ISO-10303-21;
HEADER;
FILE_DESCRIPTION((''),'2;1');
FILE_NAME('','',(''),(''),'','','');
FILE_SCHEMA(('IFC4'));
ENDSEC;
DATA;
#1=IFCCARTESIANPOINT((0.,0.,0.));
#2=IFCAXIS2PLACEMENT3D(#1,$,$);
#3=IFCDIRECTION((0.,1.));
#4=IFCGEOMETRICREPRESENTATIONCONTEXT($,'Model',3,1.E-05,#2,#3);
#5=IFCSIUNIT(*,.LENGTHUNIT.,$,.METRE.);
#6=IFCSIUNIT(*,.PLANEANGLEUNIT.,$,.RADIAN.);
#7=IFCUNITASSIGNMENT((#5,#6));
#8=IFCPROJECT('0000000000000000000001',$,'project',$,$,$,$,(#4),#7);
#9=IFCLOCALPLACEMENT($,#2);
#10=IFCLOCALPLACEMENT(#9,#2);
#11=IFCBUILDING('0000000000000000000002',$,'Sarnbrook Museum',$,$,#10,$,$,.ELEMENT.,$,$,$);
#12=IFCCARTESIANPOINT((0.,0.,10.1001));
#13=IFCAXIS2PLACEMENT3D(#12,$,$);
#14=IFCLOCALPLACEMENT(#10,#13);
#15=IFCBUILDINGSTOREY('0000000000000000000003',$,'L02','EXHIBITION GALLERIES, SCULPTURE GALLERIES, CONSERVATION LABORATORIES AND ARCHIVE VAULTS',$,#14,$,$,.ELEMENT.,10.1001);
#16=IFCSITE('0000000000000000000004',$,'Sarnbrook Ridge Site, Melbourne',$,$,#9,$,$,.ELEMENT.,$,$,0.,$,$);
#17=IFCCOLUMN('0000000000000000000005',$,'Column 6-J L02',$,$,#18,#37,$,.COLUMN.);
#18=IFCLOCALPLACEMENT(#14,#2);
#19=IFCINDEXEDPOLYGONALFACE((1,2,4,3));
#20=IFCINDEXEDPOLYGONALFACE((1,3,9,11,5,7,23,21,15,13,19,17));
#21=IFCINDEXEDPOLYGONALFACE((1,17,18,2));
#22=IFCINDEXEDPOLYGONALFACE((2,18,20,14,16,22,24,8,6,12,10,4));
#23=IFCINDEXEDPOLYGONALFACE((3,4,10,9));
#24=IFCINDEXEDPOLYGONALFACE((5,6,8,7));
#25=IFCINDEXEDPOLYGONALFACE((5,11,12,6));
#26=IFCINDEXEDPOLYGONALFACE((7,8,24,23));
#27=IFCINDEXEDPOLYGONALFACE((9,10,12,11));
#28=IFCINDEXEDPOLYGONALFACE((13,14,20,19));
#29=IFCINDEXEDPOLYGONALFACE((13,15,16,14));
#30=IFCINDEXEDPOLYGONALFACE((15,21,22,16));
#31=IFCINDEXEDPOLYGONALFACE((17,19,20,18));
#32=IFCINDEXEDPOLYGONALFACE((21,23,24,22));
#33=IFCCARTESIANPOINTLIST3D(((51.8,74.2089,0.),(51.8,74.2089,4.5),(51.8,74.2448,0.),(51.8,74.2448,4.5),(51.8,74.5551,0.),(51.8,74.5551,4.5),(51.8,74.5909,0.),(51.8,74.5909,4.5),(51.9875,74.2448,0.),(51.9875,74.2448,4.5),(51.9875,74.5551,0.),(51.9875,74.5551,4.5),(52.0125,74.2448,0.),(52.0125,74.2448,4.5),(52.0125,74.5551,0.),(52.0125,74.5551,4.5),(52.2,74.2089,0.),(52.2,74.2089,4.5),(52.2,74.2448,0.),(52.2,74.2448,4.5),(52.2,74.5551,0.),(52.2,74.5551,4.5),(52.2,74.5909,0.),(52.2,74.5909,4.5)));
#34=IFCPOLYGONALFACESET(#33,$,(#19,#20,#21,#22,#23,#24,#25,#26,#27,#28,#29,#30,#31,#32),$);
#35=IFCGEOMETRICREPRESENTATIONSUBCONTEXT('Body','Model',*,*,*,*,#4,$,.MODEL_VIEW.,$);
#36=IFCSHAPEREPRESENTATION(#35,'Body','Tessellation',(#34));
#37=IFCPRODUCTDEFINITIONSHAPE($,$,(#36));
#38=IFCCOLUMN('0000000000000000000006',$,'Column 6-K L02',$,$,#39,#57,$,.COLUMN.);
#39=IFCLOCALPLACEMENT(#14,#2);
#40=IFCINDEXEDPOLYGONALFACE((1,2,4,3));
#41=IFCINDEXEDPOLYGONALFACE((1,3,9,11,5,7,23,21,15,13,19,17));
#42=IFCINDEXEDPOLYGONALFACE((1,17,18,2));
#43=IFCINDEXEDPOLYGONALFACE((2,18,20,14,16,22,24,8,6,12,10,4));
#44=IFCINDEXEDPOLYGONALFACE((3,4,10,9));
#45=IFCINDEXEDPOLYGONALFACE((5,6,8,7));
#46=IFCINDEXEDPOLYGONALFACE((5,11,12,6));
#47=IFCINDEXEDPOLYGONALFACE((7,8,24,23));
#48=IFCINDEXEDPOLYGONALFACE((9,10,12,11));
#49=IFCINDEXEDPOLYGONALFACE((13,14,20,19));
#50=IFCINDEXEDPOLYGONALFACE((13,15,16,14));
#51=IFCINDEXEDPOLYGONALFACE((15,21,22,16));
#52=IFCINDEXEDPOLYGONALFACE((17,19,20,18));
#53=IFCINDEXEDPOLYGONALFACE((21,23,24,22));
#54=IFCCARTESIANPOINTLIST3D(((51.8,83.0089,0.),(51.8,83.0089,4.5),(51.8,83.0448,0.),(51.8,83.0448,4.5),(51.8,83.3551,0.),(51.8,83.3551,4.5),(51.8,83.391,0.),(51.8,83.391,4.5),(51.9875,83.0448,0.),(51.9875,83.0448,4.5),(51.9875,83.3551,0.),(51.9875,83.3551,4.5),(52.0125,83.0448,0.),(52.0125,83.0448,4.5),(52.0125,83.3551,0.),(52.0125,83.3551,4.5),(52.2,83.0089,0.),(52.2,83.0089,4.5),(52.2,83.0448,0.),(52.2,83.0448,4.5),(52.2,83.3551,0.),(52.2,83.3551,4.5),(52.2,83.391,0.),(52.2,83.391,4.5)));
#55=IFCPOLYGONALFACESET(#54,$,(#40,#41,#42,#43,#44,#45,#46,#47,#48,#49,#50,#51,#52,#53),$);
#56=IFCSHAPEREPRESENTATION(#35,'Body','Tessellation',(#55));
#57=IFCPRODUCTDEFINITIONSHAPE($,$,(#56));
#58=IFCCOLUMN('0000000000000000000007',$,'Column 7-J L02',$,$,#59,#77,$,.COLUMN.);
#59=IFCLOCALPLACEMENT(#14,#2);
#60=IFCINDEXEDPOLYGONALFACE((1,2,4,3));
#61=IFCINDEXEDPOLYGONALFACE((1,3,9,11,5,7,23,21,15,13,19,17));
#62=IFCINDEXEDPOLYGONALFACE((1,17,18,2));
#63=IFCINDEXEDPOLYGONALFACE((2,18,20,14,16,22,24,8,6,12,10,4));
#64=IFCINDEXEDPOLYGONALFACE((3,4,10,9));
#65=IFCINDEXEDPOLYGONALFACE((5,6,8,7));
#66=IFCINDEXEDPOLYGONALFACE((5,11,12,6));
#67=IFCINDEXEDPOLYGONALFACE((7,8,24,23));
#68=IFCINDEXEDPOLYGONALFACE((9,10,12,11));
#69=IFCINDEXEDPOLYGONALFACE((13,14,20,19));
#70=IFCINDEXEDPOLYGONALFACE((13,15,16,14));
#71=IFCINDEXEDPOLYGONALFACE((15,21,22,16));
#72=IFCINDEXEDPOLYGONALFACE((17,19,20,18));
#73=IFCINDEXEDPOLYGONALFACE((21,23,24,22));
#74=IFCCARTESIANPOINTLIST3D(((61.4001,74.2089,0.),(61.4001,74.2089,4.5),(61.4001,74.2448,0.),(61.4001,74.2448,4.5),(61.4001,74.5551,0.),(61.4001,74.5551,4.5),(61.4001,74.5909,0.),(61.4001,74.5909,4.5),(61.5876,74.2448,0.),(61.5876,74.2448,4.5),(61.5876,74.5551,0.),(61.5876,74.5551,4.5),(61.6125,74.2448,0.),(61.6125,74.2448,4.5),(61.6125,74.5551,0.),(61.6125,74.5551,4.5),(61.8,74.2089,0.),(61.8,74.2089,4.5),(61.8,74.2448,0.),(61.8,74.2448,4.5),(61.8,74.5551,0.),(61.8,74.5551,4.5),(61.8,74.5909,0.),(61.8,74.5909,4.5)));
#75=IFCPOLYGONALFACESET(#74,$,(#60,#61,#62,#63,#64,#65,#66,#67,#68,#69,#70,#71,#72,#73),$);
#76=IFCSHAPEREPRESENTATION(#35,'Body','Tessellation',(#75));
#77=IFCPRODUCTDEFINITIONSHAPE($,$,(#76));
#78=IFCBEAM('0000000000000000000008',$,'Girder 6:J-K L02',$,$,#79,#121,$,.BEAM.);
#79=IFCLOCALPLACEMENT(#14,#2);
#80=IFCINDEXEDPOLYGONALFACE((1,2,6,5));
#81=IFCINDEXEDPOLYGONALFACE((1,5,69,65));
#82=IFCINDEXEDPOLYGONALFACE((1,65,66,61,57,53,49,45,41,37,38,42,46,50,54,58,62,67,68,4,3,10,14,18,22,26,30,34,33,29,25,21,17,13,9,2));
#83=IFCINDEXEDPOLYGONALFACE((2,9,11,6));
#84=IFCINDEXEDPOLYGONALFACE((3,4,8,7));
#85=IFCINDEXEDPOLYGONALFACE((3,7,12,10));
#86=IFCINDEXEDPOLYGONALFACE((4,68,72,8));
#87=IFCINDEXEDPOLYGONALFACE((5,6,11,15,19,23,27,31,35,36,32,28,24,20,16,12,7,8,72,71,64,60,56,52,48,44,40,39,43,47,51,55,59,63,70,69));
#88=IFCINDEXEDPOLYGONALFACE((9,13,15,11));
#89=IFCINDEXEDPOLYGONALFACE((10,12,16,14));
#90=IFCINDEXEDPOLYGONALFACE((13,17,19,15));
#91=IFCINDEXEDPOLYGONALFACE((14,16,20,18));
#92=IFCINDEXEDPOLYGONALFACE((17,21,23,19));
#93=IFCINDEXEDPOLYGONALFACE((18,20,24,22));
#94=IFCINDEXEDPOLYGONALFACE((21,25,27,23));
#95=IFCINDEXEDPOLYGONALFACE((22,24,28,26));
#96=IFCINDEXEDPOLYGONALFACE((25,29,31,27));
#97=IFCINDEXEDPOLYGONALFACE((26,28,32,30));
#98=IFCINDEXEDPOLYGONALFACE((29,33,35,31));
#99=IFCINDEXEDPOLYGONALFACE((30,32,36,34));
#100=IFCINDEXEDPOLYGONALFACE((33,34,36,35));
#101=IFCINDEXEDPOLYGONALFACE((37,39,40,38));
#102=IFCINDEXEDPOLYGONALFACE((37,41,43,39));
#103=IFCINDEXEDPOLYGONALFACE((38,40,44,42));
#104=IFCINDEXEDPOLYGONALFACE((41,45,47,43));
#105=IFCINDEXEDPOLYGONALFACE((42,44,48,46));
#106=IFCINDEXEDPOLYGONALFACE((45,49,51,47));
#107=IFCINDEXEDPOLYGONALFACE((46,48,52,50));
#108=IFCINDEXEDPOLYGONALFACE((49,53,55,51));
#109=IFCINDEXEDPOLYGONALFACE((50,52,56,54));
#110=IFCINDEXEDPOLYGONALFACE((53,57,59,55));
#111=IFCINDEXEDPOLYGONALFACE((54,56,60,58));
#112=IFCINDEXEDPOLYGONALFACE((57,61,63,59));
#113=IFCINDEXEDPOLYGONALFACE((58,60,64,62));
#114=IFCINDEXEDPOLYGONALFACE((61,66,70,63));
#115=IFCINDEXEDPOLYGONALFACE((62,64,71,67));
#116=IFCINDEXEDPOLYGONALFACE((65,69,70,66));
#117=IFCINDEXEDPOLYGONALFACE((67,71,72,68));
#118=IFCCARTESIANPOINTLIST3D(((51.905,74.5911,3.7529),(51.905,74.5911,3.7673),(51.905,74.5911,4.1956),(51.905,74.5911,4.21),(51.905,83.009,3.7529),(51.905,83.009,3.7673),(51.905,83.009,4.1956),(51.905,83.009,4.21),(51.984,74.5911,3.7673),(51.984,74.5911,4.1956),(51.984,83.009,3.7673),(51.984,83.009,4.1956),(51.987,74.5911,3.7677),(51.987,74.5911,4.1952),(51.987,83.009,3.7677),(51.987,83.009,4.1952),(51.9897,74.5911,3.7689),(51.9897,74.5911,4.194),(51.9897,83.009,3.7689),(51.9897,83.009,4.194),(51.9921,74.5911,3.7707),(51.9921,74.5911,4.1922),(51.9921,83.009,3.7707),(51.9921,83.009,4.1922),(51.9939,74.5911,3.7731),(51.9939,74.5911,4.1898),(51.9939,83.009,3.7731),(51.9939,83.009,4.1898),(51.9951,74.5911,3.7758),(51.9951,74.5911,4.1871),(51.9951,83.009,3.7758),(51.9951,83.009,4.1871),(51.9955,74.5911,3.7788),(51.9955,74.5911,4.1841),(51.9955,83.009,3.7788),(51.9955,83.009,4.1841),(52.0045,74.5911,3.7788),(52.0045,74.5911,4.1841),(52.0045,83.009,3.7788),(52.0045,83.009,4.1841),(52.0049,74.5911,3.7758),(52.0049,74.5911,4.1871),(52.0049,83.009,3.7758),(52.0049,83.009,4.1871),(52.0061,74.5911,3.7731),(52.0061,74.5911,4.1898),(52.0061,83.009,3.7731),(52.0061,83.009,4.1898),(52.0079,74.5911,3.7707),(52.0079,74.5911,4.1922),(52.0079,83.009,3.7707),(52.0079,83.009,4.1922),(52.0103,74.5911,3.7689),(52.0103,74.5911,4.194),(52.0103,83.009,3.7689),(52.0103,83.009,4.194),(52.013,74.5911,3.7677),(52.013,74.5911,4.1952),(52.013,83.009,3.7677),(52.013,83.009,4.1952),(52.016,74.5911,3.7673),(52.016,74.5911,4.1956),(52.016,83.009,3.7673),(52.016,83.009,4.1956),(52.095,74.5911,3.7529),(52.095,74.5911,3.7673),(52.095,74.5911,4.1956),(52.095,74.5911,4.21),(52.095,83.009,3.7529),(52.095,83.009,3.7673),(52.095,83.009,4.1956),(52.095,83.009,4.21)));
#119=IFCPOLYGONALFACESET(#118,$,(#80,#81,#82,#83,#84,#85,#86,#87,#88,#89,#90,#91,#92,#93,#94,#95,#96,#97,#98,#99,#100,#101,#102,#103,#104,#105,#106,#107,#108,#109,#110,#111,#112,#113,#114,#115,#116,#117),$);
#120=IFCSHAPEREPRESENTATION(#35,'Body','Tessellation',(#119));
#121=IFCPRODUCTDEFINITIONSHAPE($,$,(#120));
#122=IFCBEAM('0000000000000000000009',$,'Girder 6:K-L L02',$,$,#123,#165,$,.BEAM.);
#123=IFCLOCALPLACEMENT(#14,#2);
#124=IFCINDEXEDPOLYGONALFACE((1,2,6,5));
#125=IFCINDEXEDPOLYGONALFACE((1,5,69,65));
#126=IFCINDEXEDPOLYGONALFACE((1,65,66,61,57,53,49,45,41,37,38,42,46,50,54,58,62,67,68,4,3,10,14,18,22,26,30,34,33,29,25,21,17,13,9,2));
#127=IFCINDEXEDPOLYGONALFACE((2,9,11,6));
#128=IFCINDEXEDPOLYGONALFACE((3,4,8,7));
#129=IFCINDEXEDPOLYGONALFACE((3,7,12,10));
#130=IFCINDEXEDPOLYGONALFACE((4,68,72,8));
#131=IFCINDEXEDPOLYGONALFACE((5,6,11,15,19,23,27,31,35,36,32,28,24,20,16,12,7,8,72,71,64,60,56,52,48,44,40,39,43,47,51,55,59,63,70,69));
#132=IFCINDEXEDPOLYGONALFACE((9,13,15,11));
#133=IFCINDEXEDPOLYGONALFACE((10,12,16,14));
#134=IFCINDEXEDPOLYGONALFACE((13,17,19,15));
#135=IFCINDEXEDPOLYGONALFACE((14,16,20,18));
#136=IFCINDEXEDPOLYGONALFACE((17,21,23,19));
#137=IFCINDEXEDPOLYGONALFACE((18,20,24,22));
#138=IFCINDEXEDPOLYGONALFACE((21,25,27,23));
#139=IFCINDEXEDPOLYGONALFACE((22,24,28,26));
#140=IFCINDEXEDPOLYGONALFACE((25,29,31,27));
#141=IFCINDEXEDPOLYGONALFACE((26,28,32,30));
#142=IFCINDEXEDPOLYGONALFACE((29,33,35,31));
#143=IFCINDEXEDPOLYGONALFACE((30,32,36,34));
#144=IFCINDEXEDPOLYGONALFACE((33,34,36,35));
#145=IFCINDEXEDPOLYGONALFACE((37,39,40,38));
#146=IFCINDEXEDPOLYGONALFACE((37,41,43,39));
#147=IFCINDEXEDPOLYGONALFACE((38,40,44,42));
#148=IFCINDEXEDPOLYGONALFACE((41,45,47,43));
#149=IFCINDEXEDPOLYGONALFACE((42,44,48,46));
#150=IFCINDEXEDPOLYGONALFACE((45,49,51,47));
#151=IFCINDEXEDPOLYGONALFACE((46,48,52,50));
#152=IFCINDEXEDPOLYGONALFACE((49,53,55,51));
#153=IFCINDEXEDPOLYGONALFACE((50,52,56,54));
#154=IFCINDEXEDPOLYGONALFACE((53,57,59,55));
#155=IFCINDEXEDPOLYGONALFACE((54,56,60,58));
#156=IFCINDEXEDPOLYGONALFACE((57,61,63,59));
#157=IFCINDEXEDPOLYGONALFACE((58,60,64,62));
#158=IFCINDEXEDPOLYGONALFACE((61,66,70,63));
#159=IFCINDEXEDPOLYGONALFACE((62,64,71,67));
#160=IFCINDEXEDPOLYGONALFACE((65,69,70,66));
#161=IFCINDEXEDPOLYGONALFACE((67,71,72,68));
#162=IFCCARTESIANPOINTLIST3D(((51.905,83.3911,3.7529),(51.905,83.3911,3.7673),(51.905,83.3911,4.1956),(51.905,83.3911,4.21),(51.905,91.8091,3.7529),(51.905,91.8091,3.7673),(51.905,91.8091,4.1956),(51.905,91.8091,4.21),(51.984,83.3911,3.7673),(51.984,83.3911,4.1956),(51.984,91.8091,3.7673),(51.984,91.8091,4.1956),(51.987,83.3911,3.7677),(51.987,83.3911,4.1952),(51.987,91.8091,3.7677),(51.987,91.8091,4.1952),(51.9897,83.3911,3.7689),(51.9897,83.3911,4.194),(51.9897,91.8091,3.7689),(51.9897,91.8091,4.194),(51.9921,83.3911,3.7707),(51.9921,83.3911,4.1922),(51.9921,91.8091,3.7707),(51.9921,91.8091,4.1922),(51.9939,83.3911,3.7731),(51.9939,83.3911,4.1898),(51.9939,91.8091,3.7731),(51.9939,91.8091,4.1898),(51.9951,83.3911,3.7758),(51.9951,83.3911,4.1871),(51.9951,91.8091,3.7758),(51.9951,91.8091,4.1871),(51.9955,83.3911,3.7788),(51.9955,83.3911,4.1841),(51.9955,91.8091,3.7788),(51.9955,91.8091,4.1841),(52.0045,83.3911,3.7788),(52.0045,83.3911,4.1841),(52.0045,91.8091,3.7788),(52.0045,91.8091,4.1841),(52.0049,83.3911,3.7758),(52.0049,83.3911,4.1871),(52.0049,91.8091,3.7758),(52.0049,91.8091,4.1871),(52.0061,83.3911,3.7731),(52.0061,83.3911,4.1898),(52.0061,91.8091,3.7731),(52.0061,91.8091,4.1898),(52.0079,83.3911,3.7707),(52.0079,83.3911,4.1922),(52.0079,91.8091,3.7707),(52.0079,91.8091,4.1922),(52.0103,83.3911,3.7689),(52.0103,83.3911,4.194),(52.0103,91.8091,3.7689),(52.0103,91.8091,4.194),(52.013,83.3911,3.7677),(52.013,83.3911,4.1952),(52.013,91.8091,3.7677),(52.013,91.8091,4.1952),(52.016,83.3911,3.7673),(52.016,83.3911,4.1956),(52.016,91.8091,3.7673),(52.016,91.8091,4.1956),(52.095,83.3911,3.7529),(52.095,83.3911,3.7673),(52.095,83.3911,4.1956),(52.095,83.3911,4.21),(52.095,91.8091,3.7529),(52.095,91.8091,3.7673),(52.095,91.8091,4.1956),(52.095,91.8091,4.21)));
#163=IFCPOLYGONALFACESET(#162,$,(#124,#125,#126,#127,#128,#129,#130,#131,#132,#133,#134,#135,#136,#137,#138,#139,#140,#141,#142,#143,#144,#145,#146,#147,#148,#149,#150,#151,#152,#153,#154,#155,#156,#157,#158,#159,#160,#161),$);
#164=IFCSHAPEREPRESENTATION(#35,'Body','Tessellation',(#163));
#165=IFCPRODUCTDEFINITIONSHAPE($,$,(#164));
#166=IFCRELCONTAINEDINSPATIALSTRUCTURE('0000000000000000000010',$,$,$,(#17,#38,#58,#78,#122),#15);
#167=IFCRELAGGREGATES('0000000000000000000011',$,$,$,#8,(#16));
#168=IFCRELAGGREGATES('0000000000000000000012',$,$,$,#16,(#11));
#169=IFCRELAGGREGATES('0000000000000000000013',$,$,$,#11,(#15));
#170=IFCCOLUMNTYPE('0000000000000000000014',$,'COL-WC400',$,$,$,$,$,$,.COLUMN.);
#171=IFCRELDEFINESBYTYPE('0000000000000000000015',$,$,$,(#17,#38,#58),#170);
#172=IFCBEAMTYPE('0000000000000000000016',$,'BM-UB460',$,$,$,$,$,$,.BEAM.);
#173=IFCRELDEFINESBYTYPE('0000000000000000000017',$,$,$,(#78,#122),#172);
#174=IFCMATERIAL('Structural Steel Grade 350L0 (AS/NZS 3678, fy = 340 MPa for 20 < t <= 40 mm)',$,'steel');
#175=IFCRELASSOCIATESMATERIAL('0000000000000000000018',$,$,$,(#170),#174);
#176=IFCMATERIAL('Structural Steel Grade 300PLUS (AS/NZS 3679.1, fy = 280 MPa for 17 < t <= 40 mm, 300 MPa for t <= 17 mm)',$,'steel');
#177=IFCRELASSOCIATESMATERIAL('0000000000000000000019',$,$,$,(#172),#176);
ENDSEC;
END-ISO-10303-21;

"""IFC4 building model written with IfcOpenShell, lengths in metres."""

from ifc_helpers import new_model, si_unit, direction, frame, origin, origin_2d, place, context, subcontext, project, spatial, i_section, extrude, material, material_profile, profile_set, type_object, element, save


model = new_model("IFC4")

# Units and contexts
model_context = context("Model", 3, precision=1e-05, world=origin(), true_north=direction((0.0, 1.0)))
body_context = subcontext(model_context, "Body", "Model", "MODEL_VIEW")
ifc_project = project(units=[si_unit("LENGTHUNIT", "METRE"), si_unit("PLANEANGLEUNIT", "RADIAN")], contexts=[model_context])

# Site, building, storey
site_placement = place(None, origin())
site = spatial("IfcSite", under=ifc_project, at=site_placement, Name="Sarnbrook Ridge Site, Melbourne", CompositionType="ELEMENT", RefElevation=0.0)
building_placement = place(site_placement, origin())
building = spatial("IfcBuilding", under=site, at=building_placement, Name="Sarnbrook Museum", CompositionType="ELEMENT")
storey_placement = place(building_placement, frame((0.0, 0.0, 10.1001)))
storey = spatial("IfcBuildingStorey", under=building, at=storey_placement, Name="L02", Description="EXHIBITION GALLERIES, SCULPTURE GALLERIES, CONSERVATION LABORATORIES AND ARCHIVE VAULTS", CompositionType="ELEMENT", Elevation=10.1001)

# Columns
ifc_material_1 = material(Name="Structural Steel Grade 350L0 (AS/NZS 3678, fy = 340 MPa for 20 < t <= 40 mm)", Category="steel")
ifc_material_profile_1 = material_profile(ifc_material_1, i_section(OverallWidth=0.3999, OverallDepth=0.3821, WebThickness=0.0249, FlangeThickness=0.0359, at=origin_2d()), Name="400WC270")
ifc_profile_set_1 = profile_set([ifc_material_profile_1], Name="Structural Steel Grade 350L0 (AS/NZS 3678, fy = 340 MPa for 20 < t <= 40 mm)")
column_type = type_object("IfcColumnType", Name="COL-WC400", PredefinedType="COLUMN", material=ifc_profile_set_1)
for number, where, z_axis, x_axis, name in (
    (1, (52.0, 74.3999, 0.0), (0.0, 0.0, 1.0), (1.0, 0.0, 0.0), "Column 6-J L02"),
    (2, (52.0, 83.2, 0.0), (0.0, 0.0, 1.0), (1.0, 0.0, 0.0), "Column 6-K L02"),
    (3, (61.6001, 74.3999, 0.0), (0.0, 0.0, 1.0), (1.0, 0.0, 0.0), "Column 7-J L02"),
):
    element("IfcColumn", number, at=place(storey_placement, frame(where, z_axis=z_axis, x_axis=x_axis)), inside=storey, type_object=column_type, Name=name, PredefinedType="COLUMN", context=body_context, shape_type="SweptSolid", body=[
        extrude(i_section(OverallWidth=0.3999, OverallDepth=0.3821, WebThickness=0.0249, FlangeThickness=0.0359, at=origin_2d()), origin(), (0.0, 0.0, 1.0), 4.5),
    ])

# Beams
ifc_material_2 = material(Name="Structural Steel Grade 300PLUS (AS/NZS 3679.1, fy = 280 MPa for 17 < t <= 40 mm, 300 MPa for t <= 17 mm)", Category="steel")
ifc_material_profile_2 = material_profile(ifc_material_2, i_section(OverallWidth=0.1899, OverallDepth=0.457, WebThickness=0.009, FlangeThickness=0.0144, FilletRadius=0.0115, at=origin_2d()), Name="460UB74.6")
ifc_profile_set_2 = profile_set([ifc_material_profile_2], Name="Structural Steel Grade 300PLUS (AS/NZS 3679.1, fy = 280 MPa for 17 < t <= 40 mm, 300 MPa for t <= 17 mm)")
beam_type_1 = type_object("IfcBeamType", Name="BM-UB460", PredefinedType="BEAM", material=ifc_profile_set_2)
for number, where, z_axis, x_axis, name in (
    (4, (52.0, 74.5911, 3.9814), (0.0, 1.0, 0.0), (-1.0, 0.0, 0.0), "Girder 6:J-K L02"),
    (5, (52.0, 83.3911, 3.9814), (0.0, 1.0, 0.0), (-1.0, 0.0, 0.0), "Girder 6:K-L L02"),
):
    element("IfcBeam", number, at=place(storey_placement, frame(where, z_axis=z_axis, x_axis=x_axis)), inside=storey, type_object=beam_type_1, Name=name, PredefinedType="BEAM", context=body_context, shape_type="SweptSolid", body=[
        extrude(i_section(OverallWidth=0.1899, OverallDepth=0.457, WebThickness=0.009, FlangeThickness=0.0144, FilletRadius=0.0115, at=origin_2d()), origin(), (0.0, 0.0, 1.0), 8.418),
    ])

save(model, "model.ifc")
